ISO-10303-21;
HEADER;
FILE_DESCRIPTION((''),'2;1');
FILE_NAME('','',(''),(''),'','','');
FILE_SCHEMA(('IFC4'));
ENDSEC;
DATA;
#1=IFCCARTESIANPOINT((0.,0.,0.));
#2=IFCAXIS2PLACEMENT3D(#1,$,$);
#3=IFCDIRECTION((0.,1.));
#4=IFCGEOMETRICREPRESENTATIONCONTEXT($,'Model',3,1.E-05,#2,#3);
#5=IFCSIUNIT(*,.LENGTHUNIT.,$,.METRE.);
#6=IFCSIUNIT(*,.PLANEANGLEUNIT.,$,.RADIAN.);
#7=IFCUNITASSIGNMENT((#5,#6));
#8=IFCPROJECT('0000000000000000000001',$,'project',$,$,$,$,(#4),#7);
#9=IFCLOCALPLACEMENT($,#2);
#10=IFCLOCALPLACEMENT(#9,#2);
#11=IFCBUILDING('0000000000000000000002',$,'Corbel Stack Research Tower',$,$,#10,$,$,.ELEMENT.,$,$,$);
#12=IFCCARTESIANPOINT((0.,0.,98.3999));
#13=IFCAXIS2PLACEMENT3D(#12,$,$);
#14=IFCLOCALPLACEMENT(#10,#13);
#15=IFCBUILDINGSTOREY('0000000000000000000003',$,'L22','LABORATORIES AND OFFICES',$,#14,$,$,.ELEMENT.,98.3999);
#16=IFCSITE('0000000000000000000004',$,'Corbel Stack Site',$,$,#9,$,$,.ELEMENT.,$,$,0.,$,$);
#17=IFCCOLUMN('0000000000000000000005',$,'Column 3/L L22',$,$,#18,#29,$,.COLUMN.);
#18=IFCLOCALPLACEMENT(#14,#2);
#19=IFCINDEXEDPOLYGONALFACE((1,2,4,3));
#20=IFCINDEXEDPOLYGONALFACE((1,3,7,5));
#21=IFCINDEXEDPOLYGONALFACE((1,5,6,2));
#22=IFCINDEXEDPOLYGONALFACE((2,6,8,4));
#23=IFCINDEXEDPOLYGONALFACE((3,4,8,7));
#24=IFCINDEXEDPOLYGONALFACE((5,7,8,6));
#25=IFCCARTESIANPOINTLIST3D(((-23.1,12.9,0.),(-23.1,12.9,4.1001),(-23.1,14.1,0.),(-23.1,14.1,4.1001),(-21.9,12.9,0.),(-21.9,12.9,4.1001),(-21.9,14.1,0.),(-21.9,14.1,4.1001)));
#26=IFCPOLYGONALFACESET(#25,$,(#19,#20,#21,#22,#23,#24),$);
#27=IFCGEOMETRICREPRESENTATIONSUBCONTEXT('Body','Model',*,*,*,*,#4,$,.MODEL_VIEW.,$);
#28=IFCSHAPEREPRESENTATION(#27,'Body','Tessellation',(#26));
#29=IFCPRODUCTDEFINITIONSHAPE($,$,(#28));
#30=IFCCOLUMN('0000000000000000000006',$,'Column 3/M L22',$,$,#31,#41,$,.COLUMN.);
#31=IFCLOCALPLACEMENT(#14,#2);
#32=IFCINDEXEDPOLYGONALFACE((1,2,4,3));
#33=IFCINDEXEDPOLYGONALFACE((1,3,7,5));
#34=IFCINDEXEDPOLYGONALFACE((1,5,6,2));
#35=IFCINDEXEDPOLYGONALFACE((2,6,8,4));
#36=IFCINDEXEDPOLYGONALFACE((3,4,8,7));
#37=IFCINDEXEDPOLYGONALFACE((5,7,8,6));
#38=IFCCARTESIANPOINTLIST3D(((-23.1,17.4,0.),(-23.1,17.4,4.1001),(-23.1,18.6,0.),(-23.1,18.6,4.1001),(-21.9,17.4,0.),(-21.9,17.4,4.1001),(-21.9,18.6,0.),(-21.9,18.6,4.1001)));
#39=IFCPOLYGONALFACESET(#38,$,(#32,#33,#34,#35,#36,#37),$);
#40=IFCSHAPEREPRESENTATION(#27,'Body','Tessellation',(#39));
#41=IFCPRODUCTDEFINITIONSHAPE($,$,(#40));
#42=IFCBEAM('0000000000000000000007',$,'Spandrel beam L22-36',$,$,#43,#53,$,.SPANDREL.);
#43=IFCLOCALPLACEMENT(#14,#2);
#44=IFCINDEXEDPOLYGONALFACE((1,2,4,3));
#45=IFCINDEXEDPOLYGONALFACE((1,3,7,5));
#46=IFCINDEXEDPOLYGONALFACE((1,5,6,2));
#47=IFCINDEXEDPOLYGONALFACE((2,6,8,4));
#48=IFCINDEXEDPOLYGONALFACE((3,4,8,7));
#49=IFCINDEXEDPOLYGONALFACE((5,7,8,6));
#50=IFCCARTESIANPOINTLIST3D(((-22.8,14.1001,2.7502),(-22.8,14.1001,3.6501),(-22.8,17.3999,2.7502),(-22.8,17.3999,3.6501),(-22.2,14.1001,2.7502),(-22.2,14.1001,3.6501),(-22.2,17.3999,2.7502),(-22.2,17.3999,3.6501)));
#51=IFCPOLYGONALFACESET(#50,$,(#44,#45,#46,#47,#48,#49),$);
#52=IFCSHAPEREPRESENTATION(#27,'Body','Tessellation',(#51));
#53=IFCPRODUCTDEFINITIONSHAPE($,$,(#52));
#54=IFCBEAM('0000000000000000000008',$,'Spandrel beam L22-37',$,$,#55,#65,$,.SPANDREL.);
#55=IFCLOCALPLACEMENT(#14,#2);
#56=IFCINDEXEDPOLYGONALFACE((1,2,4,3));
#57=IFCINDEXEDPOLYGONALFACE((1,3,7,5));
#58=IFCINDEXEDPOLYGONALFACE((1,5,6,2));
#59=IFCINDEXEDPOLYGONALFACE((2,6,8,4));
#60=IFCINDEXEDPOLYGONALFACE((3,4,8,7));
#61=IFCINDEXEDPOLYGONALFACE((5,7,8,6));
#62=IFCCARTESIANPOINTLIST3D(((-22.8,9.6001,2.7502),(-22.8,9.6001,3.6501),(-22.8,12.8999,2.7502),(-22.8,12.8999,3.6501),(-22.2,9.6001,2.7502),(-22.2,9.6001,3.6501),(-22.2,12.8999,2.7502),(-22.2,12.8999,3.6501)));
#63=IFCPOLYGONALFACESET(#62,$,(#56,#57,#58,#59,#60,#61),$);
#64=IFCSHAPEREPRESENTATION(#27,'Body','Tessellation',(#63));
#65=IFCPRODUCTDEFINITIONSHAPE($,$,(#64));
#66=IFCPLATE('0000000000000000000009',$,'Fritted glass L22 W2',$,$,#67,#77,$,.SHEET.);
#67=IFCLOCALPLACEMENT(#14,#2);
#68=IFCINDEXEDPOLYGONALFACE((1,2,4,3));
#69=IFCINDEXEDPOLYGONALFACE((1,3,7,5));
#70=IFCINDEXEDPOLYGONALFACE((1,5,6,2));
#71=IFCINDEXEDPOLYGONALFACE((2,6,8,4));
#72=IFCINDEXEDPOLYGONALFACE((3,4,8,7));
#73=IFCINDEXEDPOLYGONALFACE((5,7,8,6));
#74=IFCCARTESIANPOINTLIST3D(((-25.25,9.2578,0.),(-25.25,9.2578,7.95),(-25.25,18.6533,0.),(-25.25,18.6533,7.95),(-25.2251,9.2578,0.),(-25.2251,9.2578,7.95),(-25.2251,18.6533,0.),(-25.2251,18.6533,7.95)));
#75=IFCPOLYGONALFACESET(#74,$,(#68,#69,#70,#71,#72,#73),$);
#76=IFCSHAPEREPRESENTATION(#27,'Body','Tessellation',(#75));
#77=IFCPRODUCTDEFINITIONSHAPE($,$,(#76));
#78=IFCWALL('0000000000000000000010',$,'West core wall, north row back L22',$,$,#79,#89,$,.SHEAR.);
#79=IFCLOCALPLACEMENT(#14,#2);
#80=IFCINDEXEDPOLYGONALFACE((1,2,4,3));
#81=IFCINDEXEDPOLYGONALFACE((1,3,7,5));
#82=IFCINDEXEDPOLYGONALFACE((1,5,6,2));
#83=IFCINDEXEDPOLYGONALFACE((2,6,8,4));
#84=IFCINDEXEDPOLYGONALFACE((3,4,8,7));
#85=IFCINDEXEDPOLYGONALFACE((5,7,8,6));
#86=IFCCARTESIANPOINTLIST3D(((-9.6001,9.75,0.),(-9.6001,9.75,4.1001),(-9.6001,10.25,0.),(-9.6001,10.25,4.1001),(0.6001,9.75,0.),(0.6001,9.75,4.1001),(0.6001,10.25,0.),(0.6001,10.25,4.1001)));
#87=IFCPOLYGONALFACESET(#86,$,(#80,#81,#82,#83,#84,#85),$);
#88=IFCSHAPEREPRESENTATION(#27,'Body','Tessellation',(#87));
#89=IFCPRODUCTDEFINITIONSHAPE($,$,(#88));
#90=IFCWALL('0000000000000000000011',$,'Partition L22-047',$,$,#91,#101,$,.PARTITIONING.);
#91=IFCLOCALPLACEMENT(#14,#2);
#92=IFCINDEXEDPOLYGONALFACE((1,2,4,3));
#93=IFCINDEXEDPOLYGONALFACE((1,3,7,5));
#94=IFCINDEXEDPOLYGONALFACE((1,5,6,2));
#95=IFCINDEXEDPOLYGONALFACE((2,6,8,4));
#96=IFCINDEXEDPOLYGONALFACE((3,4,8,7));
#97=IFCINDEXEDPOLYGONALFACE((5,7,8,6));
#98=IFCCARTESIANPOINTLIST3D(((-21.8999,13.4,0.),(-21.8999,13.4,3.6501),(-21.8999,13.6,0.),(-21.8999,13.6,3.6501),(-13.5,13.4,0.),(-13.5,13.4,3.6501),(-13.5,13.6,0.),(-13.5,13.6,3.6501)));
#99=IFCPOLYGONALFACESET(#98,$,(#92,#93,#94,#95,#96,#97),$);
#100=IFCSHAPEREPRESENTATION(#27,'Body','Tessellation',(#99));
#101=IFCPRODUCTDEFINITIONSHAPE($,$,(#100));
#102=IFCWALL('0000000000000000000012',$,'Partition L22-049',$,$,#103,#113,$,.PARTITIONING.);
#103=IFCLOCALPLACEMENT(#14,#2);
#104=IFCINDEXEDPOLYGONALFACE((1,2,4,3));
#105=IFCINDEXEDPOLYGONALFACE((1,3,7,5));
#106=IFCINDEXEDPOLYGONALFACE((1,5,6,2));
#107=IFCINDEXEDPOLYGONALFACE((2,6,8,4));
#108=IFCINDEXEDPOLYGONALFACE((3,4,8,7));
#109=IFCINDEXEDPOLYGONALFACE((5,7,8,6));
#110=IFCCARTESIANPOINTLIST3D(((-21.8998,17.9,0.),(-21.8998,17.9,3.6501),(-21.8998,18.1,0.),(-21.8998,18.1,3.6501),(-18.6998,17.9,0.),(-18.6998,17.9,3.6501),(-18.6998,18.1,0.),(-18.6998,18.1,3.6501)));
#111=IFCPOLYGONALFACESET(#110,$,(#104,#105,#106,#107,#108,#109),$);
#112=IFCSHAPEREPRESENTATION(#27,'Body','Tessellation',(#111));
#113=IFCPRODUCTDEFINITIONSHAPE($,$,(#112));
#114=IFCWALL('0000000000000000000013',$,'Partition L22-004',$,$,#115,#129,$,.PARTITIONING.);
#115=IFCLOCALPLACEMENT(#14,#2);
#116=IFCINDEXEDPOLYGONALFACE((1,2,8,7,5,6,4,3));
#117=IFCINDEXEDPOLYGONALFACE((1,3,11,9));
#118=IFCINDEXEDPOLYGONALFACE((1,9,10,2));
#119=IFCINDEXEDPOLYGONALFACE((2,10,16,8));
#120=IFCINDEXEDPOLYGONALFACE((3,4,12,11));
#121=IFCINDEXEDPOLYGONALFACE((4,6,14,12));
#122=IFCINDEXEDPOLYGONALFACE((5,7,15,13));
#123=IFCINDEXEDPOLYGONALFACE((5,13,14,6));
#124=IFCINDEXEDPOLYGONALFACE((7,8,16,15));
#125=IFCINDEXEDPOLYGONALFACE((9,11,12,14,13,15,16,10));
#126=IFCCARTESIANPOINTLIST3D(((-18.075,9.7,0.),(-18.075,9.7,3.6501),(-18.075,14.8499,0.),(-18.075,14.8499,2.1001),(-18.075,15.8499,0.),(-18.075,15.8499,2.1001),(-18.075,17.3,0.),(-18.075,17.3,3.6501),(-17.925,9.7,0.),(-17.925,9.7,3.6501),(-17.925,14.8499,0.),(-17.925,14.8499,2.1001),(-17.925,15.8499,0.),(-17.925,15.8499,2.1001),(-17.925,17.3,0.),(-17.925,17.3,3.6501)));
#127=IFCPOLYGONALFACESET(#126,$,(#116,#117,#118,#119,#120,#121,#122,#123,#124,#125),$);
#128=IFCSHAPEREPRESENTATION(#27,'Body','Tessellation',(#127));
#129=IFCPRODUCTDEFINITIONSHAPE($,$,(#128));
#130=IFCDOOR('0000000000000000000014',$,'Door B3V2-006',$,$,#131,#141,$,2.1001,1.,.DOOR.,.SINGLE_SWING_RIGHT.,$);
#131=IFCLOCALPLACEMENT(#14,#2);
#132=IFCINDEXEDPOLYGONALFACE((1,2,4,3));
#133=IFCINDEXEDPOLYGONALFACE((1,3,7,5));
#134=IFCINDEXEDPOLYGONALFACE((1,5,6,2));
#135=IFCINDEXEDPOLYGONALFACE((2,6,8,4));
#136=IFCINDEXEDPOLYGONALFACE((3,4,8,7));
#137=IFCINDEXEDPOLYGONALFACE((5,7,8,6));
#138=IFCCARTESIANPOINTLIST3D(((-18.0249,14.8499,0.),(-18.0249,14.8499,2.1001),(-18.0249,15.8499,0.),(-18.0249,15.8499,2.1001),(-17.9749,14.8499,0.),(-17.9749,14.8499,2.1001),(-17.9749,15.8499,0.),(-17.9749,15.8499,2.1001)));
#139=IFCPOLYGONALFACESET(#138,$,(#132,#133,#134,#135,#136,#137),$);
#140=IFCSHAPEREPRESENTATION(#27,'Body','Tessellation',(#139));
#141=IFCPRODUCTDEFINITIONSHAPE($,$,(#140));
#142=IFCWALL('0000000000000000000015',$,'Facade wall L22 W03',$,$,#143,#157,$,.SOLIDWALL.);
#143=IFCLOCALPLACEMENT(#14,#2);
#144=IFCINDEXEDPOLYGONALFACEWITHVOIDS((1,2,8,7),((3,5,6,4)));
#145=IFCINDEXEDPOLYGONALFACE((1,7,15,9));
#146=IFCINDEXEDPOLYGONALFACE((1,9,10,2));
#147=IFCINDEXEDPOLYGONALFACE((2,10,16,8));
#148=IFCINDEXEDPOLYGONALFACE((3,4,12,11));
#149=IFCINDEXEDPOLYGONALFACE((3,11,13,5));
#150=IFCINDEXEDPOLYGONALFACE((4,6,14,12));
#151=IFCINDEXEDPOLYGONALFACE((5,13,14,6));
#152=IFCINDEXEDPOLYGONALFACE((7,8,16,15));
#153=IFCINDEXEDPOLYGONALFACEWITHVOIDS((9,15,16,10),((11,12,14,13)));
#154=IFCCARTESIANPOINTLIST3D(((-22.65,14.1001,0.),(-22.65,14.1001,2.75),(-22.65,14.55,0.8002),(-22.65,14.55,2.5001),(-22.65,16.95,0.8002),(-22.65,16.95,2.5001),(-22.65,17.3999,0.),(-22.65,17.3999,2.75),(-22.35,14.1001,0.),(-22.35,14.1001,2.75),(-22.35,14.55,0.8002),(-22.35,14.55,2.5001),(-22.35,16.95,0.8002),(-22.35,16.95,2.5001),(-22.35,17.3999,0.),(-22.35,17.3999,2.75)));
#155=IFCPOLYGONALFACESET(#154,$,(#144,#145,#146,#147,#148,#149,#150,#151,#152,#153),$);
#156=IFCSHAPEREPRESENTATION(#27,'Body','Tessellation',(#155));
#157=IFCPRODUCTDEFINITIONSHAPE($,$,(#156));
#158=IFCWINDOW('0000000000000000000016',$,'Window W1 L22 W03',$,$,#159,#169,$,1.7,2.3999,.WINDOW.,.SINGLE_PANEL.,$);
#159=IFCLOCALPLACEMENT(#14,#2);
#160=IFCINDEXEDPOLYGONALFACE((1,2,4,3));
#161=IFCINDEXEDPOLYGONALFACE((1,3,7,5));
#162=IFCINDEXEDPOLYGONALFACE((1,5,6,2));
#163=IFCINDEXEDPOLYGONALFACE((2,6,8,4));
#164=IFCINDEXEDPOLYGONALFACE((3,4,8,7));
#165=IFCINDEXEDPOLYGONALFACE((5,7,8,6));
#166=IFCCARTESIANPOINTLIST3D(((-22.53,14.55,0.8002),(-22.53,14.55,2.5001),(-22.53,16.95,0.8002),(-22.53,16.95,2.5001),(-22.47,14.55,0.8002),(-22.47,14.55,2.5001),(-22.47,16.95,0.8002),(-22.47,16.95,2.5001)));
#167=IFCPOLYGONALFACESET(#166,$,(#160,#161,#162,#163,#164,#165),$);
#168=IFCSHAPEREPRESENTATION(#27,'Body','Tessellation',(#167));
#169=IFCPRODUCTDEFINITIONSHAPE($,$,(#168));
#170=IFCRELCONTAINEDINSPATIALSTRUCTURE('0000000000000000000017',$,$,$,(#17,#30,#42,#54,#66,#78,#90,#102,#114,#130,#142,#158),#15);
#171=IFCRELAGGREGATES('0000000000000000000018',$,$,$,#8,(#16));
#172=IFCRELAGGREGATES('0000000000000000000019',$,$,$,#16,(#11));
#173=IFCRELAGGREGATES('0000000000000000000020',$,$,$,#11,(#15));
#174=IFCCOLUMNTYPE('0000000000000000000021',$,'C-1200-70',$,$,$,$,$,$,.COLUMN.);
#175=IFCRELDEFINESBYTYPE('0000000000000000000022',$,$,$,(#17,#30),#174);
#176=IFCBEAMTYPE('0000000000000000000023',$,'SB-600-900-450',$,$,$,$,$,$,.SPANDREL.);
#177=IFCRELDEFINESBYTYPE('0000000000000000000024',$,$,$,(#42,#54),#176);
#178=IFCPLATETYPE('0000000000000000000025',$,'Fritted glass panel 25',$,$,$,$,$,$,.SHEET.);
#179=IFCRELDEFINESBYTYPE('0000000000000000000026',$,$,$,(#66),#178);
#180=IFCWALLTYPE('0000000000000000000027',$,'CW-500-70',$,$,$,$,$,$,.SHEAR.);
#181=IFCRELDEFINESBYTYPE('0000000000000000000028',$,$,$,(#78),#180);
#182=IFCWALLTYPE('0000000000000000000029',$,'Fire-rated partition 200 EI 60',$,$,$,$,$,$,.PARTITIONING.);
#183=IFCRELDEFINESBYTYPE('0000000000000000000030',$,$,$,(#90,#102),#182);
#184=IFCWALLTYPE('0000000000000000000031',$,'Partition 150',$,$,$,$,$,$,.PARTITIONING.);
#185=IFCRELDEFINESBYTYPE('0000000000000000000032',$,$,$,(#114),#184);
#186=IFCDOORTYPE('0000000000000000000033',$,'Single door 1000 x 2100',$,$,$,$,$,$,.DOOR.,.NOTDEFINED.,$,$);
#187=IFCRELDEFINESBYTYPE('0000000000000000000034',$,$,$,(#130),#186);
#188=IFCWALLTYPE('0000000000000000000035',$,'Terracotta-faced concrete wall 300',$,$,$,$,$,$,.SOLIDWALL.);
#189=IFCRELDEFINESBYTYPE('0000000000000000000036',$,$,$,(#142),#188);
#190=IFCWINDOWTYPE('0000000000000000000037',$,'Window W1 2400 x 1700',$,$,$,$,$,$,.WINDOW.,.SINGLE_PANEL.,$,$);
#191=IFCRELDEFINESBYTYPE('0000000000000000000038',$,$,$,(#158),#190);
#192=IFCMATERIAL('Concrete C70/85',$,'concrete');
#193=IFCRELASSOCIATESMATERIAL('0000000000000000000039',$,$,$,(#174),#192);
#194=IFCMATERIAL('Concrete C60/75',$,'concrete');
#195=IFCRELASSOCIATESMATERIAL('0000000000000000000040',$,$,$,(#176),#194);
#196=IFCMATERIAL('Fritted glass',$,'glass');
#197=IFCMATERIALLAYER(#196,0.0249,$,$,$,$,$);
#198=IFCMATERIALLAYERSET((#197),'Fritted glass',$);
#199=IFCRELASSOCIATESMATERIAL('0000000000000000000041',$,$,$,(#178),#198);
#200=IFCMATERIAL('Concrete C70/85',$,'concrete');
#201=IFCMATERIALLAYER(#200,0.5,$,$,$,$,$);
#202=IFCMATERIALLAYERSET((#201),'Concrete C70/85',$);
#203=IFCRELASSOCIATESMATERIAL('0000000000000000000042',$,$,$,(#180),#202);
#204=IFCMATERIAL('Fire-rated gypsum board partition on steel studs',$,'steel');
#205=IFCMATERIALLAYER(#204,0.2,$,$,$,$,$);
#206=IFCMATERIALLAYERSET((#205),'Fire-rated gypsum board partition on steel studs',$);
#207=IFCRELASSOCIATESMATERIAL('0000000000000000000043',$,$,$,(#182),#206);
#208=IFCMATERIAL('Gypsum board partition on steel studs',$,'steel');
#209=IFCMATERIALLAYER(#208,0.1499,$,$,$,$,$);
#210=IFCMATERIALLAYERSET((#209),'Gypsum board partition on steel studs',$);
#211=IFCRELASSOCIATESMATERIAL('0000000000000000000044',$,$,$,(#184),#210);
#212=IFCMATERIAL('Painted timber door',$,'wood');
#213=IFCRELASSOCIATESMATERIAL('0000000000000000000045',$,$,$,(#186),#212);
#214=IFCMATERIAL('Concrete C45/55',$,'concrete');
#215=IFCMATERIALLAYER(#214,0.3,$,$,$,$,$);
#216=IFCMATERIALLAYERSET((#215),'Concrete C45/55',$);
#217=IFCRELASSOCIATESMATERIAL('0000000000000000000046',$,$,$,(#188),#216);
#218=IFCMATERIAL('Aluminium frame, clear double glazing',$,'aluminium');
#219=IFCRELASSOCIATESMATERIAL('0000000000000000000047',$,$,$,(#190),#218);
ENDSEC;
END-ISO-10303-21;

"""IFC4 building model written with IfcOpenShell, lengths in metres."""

from ifc_helpers import new_model, si_unit, direction, frame, frame_2d, origin, origin_2d, place, context, subcontext, project, spatial, rectangle, extrude, material, layer, layer_set, material_profile, profile_set, type_object, element, fill, save


model = new_model("IFC4")

# Units and contexts
model_context = context("Model", 3, precision=1e-05, world=origin(), true_north=direction((0.0, 1.0)))
body_context = subcontext(model_context, "Body", "Model", "MODEL_VIEW")
ifc_project = project(units=[si_unit("LENGTHUNIT", "METRE"), si_unit("PLANEANGLEUNIT", "RADIAN")], contexts=[model_context])

# Site, building, storey
site_placement = place(None, origin())
site = spatial("IfcSite", under=ifc_project, at=site_placement, Name="Corbel Stack Site", CompositionType="ELEMENT", RefElevation=0.0)
building_placement = place(site_placement, origin())
building = spatial("IfcBuilding", under=site, at=building_placement, Name="Corbel Stack Research Tower", CompositionType="ELEMENT")
storey_placement = place(building_placement, frame((0.0, 0.0, 98.3999)))
storey = spatial("IfcBuildingStorey", under=building, at=storey_placement, Name="L22", Description="LABORATORIES AND OFFICES", CompositionType="ELEMENT", Elevation=98.3999)

# Columns
ifc_material_1 = material(Name="Concrete C70/85", Category="concrete")
ifc_material_profile_1 = material_profile(ifc_material_1, rectangle(XDim=1.2, YDim=1.2, at=origin_2d()), Name="RC 1200 x 1200")
ifc_profile_set_1 = profile_set([ifc_material_profile_1], Name="Concrete C70/85")
column_type = type_object("IfcColumnType", Name="C-1200-70", PredefinedType="COLUMN", material=ifc_profile_set_1)
for number, where, z_axis, x_axis, name in (
    (1, (-22.5, 13.5, 0.0), (0.0, 0.0, 1.0), (1.0, 0.0, 0.0), "Column 3/L L22"),
    (2, (-22.5, 18.0, 0.0), (0.0, 0.0, 1.0), (1.0, 0.0, 0.0), "Column 3/M L22"),
):
    element("IfcColumn", number, at=place(storey_placement, frame(where, z_axis=z_axis, x_axis=x_axis)), inside=storey, type_object=column_type, Name=name, PredefinedType="COLUMN", context=body_context, shape_type="SweptSolid", body=[
        extrude(rectangle(XDim=1.2, YDim=1.2, at=origin_2d()), origin(), (0.0, 0.0, 1.0), 4.1001),
    ])

# Beams
ifc_material_2 = material(Name="Concrete C60/75", Category="concrete")
ifc_material_profile_2 = material_profile(ifc_material_2, rectangle(XDim=0.6001, YDim=0.8999, at=origin_2d()), Name="RC 600 x 900")
ifc_profile_set_2 = profile_set([ifc_material_profile_2], Name="Concrete C60/75")
beam_type = type_object("IfcBeamType", Name="SB-600-900-450", PredefinedType="SPANDREL", material=ifc_profile_set_2)
for number, where, z_axis, x_axis, name in (
    (3, (-22.5, 17.3999, 3.2002), (0.0, -1.0, 0.0), (1.0, 0.0, 0.0), "Spandrel beam L22-36"),
    (4, (-22.5, 12.8999, 3.2002), (0.0, -1.0, 0.0), (1.0, 0.0, 0.0), "Spandrel beam L22-37"),
):
    element("IfcBeam", number, at=place(storey_placement, frame(where, z_axis=z_axis, x_axis=x_axis)), inside=storey, type_object=beam_type, Name=name, PredefinedType="SPANDREL", context=body_context, shape_type="SweptSolid", body=[
        extrude(rectangle(XDim=0.6001, YDim=0.8999, at=origin_2d()), origin(), (0.0, 0.0, 1.0), 3.2998),
    ])

# Plate
ifc_material_3 = material(Name="Fritted glass", Category="glass")
ifc_layer_1 = layer(ifc_material_3, 0.0249)
ifc_layer_set_1 = layer_set([ifc_layer_1], Name="Fritted glass")
plate_type = type_object("IfcPlateType", Name="Fritted glass panel 25", PredefinedType="SHEET", material=ifc_layer_set_1)
plate_placement = place(storey_placement, frame((-25.2375, 13.9556, 0.0), z_axis=(0.0, 0.0, 1.0), x_axis=(0.0, -1.0, 0.0)))
element("IfcPlate", 5, at=plate_placement, inside=storey, type_object=plate_type, Name="Fritted glass L22 W2", PredefinedType="SHEET", context=body_context, shape_type="SweptSolid", body=[
    extrude(rectangle(XDim=9.3955, YDim=0.0249, at=origin_2d()), origin(), (0.0, 0.0, 1.0), 7.95),
])

# Walls
ifc_material_4 = material(Name="Concrete C70/85", Category="concrete")
ifc_layer_2 = layer(ifc_material_4, 0.5)
ifc_layer_set_2 = layer_set([ifc_layer_2], Name="Concrete C70/85")
wall_type_1 = type_object("IfcWallType", Name="CW-500-70", PredefinedType="SHEAR", material=ifc_layer_set_2)
wall_1_placement = place(storey_placement, frame((-9.6001, 10.0, 0.0), z_axis=(0.0, 0.0, 1.0), x_axis=(1.0, 0.0, 0.0)))
element("IfcWall", 6, at=wall_1_placement, inside=storey, type_object=wall_type_1, Name="West core wall, north row back L22", PredefinedType="SHEAR", context=body_context, shape_type="SweptSolid", body=[
    extrude(rectangle(XDim=10.2002, YDim=0.5, at=frame_2d((5.1001, 0.0))), origin(), (0.0, 0.0, 1.0), 4.1001),
])
ifc_material_5 = material(Name="Fire-rated gypsum board partition on steel studs", Category="steel")
ifc_layer_3 = layer(ifc_material_5, 0.2)
ifc_layer_set_3 = layer_set([ifc_layer_3], Name="Fire-rated gypsum board partition on steel studs")
wall_type_2 = type_object("IfcWallType", Name="Fire-rated partition 200 EI 60", PredefinedType="PARTITIONING", material=ifc_layer_set_3)
wall_2_placement = place(storey_placement, frame((-21.8999, 13.5, 0.0), z_axis=(0.0, 0.0, 1.0), x_axis=(1.0, 0.0, 0.0)))
element("IfcWall", 7, at=wall_2_placement, inside=storey, type_object=wall_type_2, Name="Partition L22-047", PredefinedType="PARTITIONING", context=body_context, shape_type="SweptSolid", body=[
    extrude(rectangle(XDim=8.3999, YDim=0.2, at=frame_2d((4.2, 0.0))), origin(), (0.0, 0.0, 1.0), 3.6501),
])
wall_3_placement = place(storey_placement, frame((-21.8999, 18.0, 0.0), z_axis=(0.0, 0.0, 1.0), x_axis=(1.0, 0.0, 0.0)))
element("IfcWall", 8, at=wall_3_placement, inside=storey, type_object=wall_type_2, Name="Partition L22-049", PredefinedType="PARTITIONING", context=body_context, shape_type="SweptSolid", body=[
    extrude(rectangle(XDim=3.2, YDim=0.2, at=frame_2d((1.6001, 0.0))), origin(), (0.0, 0.0, 1.0), 3.6501),
])

# Wall, opening, door
ifc_material_6 = material(Name="Gypsum board partition on steel studs", Category="steel")
ifc_layer_4 = layer(ifc_material_6, 0.1499)
ifc_layer_set_4 = layer_set([ifc_layer_4], Name="Gypsum board partition on steel studs")
wall_type_3 = type_object("IfcWallType", Name="Partition 150", PredefinedType="PARTITIONING", material=ifc_layer_set_4)
wall_4_placement = place(storey_placement, frame((-18.0, 9.7, 0.0), z_axis=(0.0, 0.0, 1.0), x_axis=(0.0, 1.0, 0.0)))
wall_4 = element("IfcWall", 9, at=wall_4_placement, inside=storey, type_object=wall_type_3, Name="Partition L22-004", PredefinedType="PARTITIONING", context=body_context, shape_type="SweptSolid", body=[
    extrude(rectangle(XDim=7.6001, YDim=0.1499, at=frame_2d((3.8, 0.0))), origin(), (0.0, 0.0, 1.0), 3.6501),
])
opening_1_placement = place(wall_4_placement, frame((5.1499, 0.0, 0.0)))
opening_1 = element("IfcOpeningElement", 10, at=opening_1_placement, cuts=wall_4, PredefinedType="OPENING", context=body_context, shape_type="SweptSolid", body=[
    extrude(rectangle(XDim=1.0, YDim=2.1001, at=frame_2d((0.5, 1.05))), frame((0.0, 0.085, 0.0), z_axis=(0.0, -1.0, 0.0), x_axis=(1.0, 0.0, 0.0)), (0.0, 0.0, 1.0), 0.1699),
])
ifc_material_7 = material(Name="Painted timber door", Category="wood")
door_type = type_object("IfcDoorType", Name="Single door 1000 x 2100", OperationType="NOTDEFINED", PredefinedType="DOOR", material=ifc_material_7)
door_placement = place(opening_1_placement, origin())
door = element("IfcDoor", 11, at=door_placement, inside=storey, type_object=door_type, Name="Door B3V2-006", OperationType="SINGLE_SWING_RIGHT", OverallHeight=2.1001, OverallWidth=1.0, PredefinedType="DOOR", context=body_context, shape_type="SweptSolid", body=[
    extrude(rectangle(XDim=1.0, YDim=2.1001, at=frame_2d((0.5, 1.05))), frame((0.0, 0.0249, 0.0), z_axis=(0.0, -1.0, 0.0), x_axis=(1.0, 0.0, 0.0)), (0.0, 0.0, 1.0), 0.05),
])
fill(opening_1, door)

# Wall, opening, window
ifc_material_8 = material(Name="Concrete C45/55", Category="concrete")
ifc_layer_5 = layer(ifc_material_8, 0.3)
ifc_layer_set_5 = layer_set([ifc_layer_5], Name="Concrete C45/55")
wall_type_4 = type_object("IfcWallType", Name="Terracotta-faced concrete wall 300", PredefinedType="SOLIDWALL", material=ifc_layer_set_5)
wall_5_placement = place(storey_placement, frame((-22.5, 14.1001, 0.0), z_axis=(0.0, 0.0, 1.0), x_axis=(0.0, 1.0, 0.0)))
wall_5 = element("IfcWall", 12, at=wall_5_placement, inside=storey, type_object=wall_type_4, Name="Facade wall L22 W03", PredefinedType="SOLIDWALL", context=body_context, shape_type="SweptSolid", body=[
    extrude(rectangle(XDim=3.2998, YDim=0.3, at=frame_2d((1.6499, 0.0))), origin(), (0.0, 0.0, 1.0), 2.75),
])
opening_2_placement = place(wall_5_placement, frame((0.45, 0.0, 0.8)))
opening_2 = element("IfcOpeningElement", 13, at=opening_2_placement, cuts=wall_5, PredefinedType="OPENING", context=body_context, shape_type="SweptSolid", body=[
    extrude(rectangle(XDim=2.3999, YDim=1.7, at=frame_2d((1.2, 0.8501))), frame((0.0, 0.1599, 0.0), z_axis=(0.0, -1.0, 0.0), x_axis=(1.0, 0.0, 0.0)), (0.0, 0.0, 1.0), 0.3201),
])
ifc_material_9 = material(Name="Aluminium frame, clear double glazing", Category="aluminium")
window_type = type_object("IfcWindowType", Name="Window W1 2400 x 1700", PartitioningType="SINGLE_PANEL", PredefinedType="WINDOW", material=ifc_material_9)
window_1_placement = place(opening_2_placement, origin())
window_1 = element("IfcWindow", 14, at=window_1_placement, inside=storey, type_object=window_type, Name="Window W1 L22 W03", OverallHeight=1.7, OverallWidth=2.3999, PartitioningType="SINGLE_PANEL", PredefinedType="WINDOW", context=body_context, shape_type="SweptSolid", body=[
    extrude(rectangle(XDim=2.3999, YDim=1.7, at=frame_2d((1.2, 0.8501))), frame((0.0, 0.03, 0.0), z_axis=(0.0, -1.0, 0.0), x_axis=(1.0, 0.0, 0.0)), (0.0, 0.0, 1.0), 0.0601),
])
fill(opening_2, window_1)

save(model, "model.ifc")
